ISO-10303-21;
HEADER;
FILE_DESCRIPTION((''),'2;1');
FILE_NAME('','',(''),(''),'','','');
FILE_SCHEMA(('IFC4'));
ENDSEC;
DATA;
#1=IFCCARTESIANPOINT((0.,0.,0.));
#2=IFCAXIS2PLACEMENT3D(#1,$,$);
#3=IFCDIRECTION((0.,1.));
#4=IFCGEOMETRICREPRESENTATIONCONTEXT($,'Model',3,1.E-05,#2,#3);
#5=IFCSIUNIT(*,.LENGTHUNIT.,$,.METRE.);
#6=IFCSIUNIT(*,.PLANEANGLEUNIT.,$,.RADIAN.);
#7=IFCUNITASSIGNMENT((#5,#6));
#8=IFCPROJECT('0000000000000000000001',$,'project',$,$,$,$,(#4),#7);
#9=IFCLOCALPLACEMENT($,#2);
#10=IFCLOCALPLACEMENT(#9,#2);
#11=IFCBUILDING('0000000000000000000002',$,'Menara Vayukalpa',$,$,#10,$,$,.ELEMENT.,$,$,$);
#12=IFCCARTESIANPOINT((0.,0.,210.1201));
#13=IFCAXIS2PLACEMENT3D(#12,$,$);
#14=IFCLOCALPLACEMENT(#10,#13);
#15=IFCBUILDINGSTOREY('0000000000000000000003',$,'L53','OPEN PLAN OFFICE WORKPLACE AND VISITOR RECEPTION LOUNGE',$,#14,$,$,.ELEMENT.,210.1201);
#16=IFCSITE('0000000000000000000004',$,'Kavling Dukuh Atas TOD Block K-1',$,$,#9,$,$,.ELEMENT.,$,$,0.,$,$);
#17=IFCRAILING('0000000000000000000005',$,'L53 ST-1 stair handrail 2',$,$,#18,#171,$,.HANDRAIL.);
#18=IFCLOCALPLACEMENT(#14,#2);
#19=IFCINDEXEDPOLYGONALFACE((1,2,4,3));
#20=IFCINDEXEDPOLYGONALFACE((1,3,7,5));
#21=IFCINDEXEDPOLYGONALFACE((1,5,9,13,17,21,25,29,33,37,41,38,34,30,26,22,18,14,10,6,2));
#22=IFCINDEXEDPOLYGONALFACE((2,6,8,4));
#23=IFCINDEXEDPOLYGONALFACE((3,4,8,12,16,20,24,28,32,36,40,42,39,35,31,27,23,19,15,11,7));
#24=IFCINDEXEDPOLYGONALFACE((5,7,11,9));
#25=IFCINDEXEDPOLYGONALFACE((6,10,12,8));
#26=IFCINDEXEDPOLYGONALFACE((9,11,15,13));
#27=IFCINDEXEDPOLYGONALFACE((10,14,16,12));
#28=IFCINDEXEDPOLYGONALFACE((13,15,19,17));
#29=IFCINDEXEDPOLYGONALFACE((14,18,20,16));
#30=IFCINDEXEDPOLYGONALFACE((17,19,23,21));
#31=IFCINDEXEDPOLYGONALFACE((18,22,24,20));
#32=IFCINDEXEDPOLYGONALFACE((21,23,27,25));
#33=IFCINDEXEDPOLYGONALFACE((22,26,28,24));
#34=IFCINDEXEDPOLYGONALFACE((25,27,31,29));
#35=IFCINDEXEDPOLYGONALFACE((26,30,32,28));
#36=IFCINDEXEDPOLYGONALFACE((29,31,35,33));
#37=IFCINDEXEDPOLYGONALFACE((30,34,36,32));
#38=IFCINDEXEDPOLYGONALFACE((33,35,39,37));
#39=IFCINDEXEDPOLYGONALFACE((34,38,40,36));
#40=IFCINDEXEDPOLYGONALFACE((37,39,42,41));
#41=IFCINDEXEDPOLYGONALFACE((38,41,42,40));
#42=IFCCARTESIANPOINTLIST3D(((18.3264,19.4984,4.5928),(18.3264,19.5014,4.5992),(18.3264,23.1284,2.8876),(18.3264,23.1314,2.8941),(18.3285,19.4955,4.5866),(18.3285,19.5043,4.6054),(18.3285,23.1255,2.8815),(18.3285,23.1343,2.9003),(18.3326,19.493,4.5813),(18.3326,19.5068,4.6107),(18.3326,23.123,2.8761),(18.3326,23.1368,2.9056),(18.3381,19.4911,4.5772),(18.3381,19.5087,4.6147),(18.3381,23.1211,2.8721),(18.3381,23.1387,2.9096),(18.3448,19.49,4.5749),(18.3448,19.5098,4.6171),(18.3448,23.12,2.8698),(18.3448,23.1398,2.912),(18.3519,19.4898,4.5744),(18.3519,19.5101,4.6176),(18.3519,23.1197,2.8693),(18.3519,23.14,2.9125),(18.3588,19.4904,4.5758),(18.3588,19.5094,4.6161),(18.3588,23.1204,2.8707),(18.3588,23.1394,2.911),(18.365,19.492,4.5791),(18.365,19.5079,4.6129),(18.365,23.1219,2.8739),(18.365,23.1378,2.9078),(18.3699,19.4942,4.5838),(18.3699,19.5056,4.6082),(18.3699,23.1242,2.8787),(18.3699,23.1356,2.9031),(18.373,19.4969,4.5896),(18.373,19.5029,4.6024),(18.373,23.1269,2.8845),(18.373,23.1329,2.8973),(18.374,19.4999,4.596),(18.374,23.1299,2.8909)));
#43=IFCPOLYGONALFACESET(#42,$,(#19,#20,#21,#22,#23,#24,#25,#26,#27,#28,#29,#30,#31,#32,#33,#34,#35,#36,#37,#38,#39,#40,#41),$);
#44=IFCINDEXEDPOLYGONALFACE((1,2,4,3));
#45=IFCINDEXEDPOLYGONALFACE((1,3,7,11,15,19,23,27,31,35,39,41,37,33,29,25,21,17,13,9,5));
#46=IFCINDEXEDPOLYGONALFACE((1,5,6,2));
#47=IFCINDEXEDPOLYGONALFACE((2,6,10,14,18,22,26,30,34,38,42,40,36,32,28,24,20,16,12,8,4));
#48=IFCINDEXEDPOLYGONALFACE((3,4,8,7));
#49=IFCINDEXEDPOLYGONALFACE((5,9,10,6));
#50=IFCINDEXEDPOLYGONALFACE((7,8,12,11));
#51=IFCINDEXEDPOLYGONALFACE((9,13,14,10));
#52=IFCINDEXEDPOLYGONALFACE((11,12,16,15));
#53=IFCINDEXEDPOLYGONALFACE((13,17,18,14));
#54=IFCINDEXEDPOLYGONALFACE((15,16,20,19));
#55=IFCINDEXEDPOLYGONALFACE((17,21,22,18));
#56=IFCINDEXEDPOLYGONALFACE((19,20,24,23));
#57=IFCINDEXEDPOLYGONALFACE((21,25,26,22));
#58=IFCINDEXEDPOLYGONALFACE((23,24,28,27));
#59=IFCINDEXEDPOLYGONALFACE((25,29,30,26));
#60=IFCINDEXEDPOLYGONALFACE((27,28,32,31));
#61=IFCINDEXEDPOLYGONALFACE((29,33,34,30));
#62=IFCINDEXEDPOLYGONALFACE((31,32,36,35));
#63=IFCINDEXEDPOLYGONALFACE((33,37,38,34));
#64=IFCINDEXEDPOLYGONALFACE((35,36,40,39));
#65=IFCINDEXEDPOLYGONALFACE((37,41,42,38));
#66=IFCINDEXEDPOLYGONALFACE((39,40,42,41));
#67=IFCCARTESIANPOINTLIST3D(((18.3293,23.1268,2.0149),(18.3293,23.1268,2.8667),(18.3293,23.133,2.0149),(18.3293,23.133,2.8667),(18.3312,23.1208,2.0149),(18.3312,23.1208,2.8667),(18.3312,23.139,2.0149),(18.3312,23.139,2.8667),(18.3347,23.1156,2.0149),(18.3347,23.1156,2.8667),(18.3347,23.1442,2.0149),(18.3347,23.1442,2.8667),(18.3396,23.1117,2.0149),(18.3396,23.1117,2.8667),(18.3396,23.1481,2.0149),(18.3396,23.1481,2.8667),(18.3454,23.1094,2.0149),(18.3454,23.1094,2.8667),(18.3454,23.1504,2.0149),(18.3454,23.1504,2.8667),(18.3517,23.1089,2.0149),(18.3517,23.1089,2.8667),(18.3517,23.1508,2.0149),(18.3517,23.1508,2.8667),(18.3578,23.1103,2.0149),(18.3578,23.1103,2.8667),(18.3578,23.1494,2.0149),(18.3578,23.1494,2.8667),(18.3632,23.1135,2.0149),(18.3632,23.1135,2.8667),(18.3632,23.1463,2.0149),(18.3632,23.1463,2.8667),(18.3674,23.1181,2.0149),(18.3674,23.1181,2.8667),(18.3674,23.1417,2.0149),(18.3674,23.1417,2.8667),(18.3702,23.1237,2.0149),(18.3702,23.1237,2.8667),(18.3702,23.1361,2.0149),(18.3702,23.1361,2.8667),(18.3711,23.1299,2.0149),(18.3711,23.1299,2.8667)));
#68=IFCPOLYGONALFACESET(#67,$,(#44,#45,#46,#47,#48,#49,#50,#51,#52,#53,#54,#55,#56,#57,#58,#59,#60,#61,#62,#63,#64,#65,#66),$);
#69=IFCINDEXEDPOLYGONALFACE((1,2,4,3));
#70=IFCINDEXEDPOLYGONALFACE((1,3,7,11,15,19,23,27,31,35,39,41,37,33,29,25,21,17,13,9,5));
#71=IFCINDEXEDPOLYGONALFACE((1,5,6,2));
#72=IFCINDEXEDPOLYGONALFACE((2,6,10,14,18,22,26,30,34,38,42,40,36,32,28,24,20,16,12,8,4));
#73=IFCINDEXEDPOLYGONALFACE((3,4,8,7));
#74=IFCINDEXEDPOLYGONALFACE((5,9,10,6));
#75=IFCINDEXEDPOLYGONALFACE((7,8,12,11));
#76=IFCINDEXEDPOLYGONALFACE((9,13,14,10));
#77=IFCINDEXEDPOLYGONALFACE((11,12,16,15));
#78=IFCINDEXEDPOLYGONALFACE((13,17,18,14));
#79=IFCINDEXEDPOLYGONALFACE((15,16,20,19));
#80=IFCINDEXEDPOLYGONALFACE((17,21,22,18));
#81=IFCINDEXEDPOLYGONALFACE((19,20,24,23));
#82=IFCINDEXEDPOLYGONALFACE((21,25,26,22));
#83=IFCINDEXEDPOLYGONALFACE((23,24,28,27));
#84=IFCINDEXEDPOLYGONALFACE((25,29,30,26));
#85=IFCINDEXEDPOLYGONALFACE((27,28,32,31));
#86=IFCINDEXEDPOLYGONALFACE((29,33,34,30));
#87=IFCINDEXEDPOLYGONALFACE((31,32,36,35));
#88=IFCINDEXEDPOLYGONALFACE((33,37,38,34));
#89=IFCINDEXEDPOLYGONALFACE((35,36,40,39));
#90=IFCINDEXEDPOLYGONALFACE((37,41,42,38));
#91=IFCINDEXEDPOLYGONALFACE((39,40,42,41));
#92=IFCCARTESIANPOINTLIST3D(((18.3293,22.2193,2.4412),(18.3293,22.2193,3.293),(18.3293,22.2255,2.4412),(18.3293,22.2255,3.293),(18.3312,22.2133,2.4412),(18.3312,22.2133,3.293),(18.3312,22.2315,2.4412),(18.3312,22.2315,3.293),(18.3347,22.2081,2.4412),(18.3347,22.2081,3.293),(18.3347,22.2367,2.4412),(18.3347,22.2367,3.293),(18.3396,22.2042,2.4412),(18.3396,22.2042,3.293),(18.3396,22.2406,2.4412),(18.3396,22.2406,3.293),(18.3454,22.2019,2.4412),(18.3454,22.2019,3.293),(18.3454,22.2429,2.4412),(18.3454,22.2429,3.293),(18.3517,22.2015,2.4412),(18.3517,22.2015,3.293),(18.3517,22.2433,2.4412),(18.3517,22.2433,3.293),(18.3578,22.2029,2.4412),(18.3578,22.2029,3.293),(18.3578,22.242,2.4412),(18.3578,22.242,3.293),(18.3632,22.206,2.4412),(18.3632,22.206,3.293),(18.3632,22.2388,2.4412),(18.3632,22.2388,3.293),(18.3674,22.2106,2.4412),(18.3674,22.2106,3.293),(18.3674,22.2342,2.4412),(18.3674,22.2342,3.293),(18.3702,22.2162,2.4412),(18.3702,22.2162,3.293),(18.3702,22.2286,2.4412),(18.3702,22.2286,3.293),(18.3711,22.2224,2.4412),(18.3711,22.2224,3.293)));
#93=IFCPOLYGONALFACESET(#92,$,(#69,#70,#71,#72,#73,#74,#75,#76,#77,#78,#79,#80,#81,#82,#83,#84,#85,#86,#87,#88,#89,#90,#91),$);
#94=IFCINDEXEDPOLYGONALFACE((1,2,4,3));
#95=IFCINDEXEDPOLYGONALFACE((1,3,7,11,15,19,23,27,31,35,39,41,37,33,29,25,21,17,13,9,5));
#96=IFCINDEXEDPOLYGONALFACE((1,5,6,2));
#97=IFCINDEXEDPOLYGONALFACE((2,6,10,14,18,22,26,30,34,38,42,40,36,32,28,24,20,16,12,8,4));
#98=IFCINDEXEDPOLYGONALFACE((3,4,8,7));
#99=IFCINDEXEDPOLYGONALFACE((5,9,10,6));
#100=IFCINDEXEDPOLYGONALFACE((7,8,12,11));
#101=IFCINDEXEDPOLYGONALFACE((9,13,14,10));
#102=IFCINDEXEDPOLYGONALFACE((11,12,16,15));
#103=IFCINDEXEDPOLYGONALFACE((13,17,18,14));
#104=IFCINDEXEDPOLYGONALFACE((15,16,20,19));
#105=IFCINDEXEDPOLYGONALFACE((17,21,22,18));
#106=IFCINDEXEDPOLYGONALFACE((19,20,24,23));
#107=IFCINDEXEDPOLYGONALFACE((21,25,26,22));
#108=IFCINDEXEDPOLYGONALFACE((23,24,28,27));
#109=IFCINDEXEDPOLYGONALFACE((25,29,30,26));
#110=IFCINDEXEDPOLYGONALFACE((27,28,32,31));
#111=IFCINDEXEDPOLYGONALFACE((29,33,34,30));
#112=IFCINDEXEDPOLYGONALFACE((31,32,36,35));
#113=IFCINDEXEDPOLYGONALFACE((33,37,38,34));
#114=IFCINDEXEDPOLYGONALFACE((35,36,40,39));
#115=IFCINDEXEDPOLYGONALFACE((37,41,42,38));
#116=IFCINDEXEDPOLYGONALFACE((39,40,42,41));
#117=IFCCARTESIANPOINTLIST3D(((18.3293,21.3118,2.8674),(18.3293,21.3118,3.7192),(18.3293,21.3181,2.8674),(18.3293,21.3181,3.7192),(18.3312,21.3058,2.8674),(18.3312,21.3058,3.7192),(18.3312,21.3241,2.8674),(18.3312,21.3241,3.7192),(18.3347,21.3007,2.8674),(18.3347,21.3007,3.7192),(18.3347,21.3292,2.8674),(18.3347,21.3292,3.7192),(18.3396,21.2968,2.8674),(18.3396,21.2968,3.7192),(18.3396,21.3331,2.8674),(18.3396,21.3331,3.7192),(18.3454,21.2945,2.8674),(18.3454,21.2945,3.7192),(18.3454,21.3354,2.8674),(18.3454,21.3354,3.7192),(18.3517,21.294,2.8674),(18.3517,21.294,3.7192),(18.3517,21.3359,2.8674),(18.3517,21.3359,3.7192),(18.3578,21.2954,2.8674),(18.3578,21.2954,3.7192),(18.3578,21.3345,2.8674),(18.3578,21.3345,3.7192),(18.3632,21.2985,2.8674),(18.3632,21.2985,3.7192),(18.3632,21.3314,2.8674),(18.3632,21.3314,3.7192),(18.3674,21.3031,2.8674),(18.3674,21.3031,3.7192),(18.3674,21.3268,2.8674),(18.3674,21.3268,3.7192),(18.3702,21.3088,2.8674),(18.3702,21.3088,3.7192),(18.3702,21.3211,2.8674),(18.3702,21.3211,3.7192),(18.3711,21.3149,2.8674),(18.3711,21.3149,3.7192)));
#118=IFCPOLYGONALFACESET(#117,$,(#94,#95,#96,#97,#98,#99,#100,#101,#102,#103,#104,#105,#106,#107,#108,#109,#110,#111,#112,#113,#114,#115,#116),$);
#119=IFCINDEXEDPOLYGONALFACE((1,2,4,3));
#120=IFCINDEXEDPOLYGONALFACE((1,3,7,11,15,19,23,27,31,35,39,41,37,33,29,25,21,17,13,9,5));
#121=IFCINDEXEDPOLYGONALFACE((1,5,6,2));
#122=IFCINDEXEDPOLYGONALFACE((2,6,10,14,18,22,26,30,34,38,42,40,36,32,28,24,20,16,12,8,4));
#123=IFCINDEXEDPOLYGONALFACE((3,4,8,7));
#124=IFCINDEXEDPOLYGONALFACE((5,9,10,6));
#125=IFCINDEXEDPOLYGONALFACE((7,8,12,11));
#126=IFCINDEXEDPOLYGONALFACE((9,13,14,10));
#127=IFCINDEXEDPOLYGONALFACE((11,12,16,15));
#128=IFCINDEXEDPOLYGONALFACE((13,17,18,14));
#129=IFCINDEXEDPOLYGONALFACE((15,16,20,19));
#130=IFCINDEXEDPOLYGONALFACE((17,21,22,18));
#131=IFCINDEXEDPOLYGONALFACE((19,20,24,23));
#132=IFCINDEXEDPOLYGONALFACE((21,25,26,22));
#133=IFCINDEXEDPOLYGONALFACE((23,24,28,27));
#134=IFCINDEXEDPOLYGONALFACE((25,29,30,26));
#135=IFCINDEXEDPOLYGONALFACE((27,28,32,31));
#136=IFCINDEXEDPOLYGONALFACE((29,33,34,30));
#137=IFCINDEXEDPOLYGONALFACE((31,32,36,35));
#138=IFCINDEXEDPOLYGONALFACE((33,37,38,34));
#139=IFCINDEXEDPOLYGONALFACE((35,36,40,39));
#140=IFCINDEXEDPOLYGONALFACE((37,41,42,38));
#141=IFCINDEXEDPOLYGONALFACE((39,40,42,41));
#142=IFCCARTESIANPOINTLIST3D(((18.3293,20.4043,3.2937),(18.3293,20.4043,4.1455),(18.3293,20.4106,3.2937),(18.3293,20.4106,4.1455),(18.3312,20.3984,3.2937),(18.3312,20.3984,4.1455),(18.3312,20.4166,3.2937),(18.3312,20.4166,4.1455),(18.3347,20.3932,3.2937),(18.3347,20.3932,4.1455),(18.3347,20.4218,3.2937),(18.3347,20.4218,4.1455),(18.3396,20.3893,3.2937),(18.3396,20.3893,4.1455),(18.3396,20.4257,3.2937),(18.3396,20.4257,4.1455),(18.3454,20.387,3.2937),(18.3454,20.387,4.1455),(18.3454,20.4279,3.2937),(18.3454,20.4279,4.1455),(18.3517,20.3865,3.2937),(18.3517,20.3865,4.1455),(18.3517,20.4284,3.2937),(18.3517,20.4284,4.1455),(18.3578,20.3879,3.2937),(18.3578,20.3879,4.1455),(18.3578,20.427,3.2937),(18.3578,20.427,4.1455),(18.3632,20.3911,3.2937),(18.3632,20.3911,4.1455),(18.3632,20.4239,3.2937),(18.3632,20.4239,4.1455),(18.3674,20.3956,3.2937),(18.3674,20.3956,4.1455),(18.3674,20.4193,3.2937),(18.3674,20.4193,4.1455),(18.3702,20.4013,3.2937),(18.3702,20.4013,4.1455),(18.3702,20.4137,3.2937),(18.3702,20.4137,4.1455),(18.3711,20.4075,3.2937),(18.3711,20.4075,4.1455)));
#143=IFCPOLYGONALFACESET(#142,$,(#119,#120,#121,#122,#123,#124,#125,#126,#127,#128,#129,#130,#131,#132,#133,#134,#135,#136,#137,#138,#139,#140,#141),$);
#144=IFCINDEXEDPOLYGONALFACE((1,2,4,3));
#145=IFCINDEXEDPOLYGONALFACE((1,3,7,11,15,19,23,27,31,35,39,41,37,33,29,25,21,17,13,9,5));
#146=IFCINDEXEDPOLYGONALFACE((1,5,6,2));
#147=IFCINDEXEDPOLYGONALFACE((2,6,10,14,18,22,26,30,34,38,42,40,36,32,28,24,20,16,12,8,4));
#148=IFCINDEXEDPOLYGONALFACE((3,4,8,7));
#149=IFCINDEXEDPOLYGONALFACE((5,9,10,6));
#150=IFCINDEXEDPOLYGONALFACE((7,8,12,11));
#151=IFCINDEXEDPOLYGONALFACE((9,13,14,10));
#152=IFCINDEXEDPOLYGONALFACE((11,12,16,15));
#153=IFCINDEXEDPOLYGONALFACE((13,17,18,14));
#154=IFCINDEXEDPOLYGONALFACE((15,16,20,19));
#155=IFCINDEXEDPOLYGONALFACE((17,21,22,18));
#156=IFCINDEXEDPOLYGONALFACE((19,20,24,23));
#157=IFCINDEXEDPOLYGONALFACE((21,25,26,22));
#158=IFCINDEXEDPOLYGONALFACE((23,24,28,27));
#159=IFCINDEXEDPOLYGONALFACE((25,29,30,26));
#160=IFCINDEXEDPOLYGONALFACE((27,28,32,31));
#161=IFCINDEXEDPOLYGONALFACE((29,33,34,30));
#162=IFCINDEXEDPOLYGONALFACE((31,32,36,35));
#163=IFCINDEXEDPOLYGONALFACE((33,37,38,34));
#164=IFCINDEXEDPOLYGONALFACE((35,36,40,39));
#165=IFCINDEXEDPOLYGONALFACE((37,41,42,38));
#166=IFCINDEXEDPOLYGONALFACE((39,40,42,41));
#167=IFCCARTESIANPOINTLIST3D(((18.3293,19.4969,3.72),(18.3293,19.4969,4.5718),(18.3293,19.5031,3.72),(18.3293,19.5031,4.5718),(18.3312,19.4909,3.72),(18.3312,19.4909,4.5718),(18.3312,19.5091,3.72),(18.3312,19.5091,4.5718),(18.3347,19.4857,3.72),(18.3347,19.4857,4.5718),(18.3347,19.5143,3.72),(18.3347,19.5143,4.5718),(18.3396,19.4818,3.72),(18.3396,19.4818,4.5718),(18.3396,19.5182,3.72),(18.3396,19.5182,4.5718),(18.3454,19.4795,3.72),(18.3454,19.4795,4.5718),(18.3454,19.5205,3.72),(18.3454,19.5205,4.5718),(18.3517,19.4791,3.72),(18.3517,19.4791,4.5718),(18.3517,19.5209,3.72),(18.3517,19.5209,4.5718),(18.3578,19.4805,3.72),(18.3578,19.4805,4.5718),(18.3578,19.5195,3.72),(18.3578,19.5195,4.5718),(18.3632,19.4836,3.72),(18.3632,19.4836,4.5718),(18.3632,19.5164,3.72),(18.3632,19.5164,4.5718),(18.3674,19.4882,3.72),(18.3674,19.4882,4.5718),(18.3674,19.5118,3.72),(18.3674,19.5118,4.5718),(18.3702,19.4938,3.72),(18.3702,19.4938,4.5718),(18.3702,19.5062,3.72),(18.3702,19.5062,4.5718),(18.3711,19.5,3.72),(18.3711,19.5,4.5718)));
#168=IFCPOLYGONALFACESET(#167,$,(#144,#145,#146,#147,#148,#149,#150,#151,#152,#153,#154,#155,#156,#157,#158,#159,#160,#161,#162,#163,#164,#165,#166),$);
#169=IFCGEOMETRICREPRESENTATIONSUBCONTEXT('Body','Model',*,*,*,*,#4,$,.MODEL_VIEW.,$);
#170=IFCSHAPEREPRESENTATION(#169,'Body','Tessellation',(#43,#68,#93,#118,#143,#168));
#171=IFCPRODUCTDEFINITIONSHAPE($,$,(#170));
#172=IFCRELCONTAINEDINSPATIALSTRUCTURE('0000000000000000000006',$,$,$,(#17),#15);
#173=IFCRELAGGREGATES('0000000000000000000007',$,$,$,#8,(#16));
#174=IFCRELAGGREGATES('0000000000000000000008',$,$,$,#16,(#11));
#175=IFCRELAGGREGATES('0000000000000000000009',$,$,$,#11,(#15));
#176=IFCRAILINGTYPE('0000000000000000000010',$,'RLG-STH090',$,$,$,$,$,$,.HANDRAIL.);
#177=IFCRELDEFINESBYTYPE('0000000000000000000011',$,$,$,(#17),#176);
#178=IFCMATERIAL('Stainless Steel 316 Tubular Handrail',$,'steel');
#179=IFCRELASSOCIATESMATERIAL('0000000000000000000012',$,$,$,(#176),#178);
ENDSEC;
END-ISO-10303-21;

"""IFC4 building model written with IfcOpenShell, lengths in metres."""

from ifc_helpers import new_model, si_unit, direction, frame, origin, origin_2d, place, context, subcontext, project, spatial, circle, extrude, material, type_object, element, save


model = new_model("IFC4")

# Units and contexts
model_context = context("Model", 3, precision=1e-05, world=origin(), true_north=direction((0.0, 1.0)))
body_context = subcontext(model_context, "Body", "Model", "MODEL_VIEW")
ifc_project = project(units=[si_unit("LENGTHUNIT", "METRE"), si_unit("PLANEANGLEUNIT", "RADIAN")], contexts=[model_context])

# Site, building, storey
site_placement = place(None, origin())
site = spatial("IfcSite", under=ifc_project, at=site_placement, Name="Kavling Dukuh Atas TOD Block K-1", CompositionType="ELEMENT", RefElevation=0.0)
building_placement = place(site_placement, origin())
building = spatial("IfcBuilding", under=site, at=building_placement, Name="Menara Vayukalpa", CompositionType="ELEMENT")
storey_placement = place(building_placement, frame((0.0, 0.0, 210.1201)))
storey = spatial("IfcBuildingStorey", under=building, at=storey_placement, Name="L53", Description="OPEN PLAN OFFICE WORKPLACE AND VISITOR RECEPTION LOUNGE", CompositionType="ELEMENT", Elevation=210.1201)

# Railing
ifc_material_1 = material(Name="Stainless Steel 316 Tubular Handrail", Category="steel")
railing_type_1 = type_object("IfcRailingType", Name="RLG-STH090", PredefinedType="HANDRAIL", material=ifc_material_1)
railing_1_placement = place(storey_placement, frame((18.3501, 23.1299, 2.0149)))
element("IfcRailing", 1, at=railing_1_placement, inside=storey, type_object=railing_type_1, Name="L53 ST-1 stair handrail 2", PredefinedType="HANDRAIL", context=body_context, shape_type="SweptSolid", body=[
    extrude(circle(Radius=0.0239, at=origin_2d()), frame((0.0, 0.0, 0.876), z_axis=(0.0, -0.905116, 0.425164), x_axis=(1.0, 0.0, 0.0)), (0.0, 0.0, 1.0), 4.0105),
    extrude(circle(Radius=0.021, at=origin_2d()), origin(), (0.0, 0.0, 1.0), 0.8518),
    extrude(circle(Radius=0.021, at=origin_2d()), frame((0.0, -0.9075, 0.4263)), (0.0, 0.0, 1.0), 0.8518),
    extrude(circle(Radius=0.021, at=origin_2d()), frame((0.0, -1.8149, 0.8525)), (0.0, 0.0, 1.0), 0.8518),
    extrude(circle(Radius=0.021, at=origin_2d()), frame((0.0, -2.7224, 1.2788)), (0.0, 0.0, 1.0), 0.8518),
    extrude(circle(Radius=0.021, at=origin_2d()), frame((0.0, -3.6299, 1.7051)), (0.0, 0.0, 1.0), 0.8518),
])

save(model, "model.ifc")
